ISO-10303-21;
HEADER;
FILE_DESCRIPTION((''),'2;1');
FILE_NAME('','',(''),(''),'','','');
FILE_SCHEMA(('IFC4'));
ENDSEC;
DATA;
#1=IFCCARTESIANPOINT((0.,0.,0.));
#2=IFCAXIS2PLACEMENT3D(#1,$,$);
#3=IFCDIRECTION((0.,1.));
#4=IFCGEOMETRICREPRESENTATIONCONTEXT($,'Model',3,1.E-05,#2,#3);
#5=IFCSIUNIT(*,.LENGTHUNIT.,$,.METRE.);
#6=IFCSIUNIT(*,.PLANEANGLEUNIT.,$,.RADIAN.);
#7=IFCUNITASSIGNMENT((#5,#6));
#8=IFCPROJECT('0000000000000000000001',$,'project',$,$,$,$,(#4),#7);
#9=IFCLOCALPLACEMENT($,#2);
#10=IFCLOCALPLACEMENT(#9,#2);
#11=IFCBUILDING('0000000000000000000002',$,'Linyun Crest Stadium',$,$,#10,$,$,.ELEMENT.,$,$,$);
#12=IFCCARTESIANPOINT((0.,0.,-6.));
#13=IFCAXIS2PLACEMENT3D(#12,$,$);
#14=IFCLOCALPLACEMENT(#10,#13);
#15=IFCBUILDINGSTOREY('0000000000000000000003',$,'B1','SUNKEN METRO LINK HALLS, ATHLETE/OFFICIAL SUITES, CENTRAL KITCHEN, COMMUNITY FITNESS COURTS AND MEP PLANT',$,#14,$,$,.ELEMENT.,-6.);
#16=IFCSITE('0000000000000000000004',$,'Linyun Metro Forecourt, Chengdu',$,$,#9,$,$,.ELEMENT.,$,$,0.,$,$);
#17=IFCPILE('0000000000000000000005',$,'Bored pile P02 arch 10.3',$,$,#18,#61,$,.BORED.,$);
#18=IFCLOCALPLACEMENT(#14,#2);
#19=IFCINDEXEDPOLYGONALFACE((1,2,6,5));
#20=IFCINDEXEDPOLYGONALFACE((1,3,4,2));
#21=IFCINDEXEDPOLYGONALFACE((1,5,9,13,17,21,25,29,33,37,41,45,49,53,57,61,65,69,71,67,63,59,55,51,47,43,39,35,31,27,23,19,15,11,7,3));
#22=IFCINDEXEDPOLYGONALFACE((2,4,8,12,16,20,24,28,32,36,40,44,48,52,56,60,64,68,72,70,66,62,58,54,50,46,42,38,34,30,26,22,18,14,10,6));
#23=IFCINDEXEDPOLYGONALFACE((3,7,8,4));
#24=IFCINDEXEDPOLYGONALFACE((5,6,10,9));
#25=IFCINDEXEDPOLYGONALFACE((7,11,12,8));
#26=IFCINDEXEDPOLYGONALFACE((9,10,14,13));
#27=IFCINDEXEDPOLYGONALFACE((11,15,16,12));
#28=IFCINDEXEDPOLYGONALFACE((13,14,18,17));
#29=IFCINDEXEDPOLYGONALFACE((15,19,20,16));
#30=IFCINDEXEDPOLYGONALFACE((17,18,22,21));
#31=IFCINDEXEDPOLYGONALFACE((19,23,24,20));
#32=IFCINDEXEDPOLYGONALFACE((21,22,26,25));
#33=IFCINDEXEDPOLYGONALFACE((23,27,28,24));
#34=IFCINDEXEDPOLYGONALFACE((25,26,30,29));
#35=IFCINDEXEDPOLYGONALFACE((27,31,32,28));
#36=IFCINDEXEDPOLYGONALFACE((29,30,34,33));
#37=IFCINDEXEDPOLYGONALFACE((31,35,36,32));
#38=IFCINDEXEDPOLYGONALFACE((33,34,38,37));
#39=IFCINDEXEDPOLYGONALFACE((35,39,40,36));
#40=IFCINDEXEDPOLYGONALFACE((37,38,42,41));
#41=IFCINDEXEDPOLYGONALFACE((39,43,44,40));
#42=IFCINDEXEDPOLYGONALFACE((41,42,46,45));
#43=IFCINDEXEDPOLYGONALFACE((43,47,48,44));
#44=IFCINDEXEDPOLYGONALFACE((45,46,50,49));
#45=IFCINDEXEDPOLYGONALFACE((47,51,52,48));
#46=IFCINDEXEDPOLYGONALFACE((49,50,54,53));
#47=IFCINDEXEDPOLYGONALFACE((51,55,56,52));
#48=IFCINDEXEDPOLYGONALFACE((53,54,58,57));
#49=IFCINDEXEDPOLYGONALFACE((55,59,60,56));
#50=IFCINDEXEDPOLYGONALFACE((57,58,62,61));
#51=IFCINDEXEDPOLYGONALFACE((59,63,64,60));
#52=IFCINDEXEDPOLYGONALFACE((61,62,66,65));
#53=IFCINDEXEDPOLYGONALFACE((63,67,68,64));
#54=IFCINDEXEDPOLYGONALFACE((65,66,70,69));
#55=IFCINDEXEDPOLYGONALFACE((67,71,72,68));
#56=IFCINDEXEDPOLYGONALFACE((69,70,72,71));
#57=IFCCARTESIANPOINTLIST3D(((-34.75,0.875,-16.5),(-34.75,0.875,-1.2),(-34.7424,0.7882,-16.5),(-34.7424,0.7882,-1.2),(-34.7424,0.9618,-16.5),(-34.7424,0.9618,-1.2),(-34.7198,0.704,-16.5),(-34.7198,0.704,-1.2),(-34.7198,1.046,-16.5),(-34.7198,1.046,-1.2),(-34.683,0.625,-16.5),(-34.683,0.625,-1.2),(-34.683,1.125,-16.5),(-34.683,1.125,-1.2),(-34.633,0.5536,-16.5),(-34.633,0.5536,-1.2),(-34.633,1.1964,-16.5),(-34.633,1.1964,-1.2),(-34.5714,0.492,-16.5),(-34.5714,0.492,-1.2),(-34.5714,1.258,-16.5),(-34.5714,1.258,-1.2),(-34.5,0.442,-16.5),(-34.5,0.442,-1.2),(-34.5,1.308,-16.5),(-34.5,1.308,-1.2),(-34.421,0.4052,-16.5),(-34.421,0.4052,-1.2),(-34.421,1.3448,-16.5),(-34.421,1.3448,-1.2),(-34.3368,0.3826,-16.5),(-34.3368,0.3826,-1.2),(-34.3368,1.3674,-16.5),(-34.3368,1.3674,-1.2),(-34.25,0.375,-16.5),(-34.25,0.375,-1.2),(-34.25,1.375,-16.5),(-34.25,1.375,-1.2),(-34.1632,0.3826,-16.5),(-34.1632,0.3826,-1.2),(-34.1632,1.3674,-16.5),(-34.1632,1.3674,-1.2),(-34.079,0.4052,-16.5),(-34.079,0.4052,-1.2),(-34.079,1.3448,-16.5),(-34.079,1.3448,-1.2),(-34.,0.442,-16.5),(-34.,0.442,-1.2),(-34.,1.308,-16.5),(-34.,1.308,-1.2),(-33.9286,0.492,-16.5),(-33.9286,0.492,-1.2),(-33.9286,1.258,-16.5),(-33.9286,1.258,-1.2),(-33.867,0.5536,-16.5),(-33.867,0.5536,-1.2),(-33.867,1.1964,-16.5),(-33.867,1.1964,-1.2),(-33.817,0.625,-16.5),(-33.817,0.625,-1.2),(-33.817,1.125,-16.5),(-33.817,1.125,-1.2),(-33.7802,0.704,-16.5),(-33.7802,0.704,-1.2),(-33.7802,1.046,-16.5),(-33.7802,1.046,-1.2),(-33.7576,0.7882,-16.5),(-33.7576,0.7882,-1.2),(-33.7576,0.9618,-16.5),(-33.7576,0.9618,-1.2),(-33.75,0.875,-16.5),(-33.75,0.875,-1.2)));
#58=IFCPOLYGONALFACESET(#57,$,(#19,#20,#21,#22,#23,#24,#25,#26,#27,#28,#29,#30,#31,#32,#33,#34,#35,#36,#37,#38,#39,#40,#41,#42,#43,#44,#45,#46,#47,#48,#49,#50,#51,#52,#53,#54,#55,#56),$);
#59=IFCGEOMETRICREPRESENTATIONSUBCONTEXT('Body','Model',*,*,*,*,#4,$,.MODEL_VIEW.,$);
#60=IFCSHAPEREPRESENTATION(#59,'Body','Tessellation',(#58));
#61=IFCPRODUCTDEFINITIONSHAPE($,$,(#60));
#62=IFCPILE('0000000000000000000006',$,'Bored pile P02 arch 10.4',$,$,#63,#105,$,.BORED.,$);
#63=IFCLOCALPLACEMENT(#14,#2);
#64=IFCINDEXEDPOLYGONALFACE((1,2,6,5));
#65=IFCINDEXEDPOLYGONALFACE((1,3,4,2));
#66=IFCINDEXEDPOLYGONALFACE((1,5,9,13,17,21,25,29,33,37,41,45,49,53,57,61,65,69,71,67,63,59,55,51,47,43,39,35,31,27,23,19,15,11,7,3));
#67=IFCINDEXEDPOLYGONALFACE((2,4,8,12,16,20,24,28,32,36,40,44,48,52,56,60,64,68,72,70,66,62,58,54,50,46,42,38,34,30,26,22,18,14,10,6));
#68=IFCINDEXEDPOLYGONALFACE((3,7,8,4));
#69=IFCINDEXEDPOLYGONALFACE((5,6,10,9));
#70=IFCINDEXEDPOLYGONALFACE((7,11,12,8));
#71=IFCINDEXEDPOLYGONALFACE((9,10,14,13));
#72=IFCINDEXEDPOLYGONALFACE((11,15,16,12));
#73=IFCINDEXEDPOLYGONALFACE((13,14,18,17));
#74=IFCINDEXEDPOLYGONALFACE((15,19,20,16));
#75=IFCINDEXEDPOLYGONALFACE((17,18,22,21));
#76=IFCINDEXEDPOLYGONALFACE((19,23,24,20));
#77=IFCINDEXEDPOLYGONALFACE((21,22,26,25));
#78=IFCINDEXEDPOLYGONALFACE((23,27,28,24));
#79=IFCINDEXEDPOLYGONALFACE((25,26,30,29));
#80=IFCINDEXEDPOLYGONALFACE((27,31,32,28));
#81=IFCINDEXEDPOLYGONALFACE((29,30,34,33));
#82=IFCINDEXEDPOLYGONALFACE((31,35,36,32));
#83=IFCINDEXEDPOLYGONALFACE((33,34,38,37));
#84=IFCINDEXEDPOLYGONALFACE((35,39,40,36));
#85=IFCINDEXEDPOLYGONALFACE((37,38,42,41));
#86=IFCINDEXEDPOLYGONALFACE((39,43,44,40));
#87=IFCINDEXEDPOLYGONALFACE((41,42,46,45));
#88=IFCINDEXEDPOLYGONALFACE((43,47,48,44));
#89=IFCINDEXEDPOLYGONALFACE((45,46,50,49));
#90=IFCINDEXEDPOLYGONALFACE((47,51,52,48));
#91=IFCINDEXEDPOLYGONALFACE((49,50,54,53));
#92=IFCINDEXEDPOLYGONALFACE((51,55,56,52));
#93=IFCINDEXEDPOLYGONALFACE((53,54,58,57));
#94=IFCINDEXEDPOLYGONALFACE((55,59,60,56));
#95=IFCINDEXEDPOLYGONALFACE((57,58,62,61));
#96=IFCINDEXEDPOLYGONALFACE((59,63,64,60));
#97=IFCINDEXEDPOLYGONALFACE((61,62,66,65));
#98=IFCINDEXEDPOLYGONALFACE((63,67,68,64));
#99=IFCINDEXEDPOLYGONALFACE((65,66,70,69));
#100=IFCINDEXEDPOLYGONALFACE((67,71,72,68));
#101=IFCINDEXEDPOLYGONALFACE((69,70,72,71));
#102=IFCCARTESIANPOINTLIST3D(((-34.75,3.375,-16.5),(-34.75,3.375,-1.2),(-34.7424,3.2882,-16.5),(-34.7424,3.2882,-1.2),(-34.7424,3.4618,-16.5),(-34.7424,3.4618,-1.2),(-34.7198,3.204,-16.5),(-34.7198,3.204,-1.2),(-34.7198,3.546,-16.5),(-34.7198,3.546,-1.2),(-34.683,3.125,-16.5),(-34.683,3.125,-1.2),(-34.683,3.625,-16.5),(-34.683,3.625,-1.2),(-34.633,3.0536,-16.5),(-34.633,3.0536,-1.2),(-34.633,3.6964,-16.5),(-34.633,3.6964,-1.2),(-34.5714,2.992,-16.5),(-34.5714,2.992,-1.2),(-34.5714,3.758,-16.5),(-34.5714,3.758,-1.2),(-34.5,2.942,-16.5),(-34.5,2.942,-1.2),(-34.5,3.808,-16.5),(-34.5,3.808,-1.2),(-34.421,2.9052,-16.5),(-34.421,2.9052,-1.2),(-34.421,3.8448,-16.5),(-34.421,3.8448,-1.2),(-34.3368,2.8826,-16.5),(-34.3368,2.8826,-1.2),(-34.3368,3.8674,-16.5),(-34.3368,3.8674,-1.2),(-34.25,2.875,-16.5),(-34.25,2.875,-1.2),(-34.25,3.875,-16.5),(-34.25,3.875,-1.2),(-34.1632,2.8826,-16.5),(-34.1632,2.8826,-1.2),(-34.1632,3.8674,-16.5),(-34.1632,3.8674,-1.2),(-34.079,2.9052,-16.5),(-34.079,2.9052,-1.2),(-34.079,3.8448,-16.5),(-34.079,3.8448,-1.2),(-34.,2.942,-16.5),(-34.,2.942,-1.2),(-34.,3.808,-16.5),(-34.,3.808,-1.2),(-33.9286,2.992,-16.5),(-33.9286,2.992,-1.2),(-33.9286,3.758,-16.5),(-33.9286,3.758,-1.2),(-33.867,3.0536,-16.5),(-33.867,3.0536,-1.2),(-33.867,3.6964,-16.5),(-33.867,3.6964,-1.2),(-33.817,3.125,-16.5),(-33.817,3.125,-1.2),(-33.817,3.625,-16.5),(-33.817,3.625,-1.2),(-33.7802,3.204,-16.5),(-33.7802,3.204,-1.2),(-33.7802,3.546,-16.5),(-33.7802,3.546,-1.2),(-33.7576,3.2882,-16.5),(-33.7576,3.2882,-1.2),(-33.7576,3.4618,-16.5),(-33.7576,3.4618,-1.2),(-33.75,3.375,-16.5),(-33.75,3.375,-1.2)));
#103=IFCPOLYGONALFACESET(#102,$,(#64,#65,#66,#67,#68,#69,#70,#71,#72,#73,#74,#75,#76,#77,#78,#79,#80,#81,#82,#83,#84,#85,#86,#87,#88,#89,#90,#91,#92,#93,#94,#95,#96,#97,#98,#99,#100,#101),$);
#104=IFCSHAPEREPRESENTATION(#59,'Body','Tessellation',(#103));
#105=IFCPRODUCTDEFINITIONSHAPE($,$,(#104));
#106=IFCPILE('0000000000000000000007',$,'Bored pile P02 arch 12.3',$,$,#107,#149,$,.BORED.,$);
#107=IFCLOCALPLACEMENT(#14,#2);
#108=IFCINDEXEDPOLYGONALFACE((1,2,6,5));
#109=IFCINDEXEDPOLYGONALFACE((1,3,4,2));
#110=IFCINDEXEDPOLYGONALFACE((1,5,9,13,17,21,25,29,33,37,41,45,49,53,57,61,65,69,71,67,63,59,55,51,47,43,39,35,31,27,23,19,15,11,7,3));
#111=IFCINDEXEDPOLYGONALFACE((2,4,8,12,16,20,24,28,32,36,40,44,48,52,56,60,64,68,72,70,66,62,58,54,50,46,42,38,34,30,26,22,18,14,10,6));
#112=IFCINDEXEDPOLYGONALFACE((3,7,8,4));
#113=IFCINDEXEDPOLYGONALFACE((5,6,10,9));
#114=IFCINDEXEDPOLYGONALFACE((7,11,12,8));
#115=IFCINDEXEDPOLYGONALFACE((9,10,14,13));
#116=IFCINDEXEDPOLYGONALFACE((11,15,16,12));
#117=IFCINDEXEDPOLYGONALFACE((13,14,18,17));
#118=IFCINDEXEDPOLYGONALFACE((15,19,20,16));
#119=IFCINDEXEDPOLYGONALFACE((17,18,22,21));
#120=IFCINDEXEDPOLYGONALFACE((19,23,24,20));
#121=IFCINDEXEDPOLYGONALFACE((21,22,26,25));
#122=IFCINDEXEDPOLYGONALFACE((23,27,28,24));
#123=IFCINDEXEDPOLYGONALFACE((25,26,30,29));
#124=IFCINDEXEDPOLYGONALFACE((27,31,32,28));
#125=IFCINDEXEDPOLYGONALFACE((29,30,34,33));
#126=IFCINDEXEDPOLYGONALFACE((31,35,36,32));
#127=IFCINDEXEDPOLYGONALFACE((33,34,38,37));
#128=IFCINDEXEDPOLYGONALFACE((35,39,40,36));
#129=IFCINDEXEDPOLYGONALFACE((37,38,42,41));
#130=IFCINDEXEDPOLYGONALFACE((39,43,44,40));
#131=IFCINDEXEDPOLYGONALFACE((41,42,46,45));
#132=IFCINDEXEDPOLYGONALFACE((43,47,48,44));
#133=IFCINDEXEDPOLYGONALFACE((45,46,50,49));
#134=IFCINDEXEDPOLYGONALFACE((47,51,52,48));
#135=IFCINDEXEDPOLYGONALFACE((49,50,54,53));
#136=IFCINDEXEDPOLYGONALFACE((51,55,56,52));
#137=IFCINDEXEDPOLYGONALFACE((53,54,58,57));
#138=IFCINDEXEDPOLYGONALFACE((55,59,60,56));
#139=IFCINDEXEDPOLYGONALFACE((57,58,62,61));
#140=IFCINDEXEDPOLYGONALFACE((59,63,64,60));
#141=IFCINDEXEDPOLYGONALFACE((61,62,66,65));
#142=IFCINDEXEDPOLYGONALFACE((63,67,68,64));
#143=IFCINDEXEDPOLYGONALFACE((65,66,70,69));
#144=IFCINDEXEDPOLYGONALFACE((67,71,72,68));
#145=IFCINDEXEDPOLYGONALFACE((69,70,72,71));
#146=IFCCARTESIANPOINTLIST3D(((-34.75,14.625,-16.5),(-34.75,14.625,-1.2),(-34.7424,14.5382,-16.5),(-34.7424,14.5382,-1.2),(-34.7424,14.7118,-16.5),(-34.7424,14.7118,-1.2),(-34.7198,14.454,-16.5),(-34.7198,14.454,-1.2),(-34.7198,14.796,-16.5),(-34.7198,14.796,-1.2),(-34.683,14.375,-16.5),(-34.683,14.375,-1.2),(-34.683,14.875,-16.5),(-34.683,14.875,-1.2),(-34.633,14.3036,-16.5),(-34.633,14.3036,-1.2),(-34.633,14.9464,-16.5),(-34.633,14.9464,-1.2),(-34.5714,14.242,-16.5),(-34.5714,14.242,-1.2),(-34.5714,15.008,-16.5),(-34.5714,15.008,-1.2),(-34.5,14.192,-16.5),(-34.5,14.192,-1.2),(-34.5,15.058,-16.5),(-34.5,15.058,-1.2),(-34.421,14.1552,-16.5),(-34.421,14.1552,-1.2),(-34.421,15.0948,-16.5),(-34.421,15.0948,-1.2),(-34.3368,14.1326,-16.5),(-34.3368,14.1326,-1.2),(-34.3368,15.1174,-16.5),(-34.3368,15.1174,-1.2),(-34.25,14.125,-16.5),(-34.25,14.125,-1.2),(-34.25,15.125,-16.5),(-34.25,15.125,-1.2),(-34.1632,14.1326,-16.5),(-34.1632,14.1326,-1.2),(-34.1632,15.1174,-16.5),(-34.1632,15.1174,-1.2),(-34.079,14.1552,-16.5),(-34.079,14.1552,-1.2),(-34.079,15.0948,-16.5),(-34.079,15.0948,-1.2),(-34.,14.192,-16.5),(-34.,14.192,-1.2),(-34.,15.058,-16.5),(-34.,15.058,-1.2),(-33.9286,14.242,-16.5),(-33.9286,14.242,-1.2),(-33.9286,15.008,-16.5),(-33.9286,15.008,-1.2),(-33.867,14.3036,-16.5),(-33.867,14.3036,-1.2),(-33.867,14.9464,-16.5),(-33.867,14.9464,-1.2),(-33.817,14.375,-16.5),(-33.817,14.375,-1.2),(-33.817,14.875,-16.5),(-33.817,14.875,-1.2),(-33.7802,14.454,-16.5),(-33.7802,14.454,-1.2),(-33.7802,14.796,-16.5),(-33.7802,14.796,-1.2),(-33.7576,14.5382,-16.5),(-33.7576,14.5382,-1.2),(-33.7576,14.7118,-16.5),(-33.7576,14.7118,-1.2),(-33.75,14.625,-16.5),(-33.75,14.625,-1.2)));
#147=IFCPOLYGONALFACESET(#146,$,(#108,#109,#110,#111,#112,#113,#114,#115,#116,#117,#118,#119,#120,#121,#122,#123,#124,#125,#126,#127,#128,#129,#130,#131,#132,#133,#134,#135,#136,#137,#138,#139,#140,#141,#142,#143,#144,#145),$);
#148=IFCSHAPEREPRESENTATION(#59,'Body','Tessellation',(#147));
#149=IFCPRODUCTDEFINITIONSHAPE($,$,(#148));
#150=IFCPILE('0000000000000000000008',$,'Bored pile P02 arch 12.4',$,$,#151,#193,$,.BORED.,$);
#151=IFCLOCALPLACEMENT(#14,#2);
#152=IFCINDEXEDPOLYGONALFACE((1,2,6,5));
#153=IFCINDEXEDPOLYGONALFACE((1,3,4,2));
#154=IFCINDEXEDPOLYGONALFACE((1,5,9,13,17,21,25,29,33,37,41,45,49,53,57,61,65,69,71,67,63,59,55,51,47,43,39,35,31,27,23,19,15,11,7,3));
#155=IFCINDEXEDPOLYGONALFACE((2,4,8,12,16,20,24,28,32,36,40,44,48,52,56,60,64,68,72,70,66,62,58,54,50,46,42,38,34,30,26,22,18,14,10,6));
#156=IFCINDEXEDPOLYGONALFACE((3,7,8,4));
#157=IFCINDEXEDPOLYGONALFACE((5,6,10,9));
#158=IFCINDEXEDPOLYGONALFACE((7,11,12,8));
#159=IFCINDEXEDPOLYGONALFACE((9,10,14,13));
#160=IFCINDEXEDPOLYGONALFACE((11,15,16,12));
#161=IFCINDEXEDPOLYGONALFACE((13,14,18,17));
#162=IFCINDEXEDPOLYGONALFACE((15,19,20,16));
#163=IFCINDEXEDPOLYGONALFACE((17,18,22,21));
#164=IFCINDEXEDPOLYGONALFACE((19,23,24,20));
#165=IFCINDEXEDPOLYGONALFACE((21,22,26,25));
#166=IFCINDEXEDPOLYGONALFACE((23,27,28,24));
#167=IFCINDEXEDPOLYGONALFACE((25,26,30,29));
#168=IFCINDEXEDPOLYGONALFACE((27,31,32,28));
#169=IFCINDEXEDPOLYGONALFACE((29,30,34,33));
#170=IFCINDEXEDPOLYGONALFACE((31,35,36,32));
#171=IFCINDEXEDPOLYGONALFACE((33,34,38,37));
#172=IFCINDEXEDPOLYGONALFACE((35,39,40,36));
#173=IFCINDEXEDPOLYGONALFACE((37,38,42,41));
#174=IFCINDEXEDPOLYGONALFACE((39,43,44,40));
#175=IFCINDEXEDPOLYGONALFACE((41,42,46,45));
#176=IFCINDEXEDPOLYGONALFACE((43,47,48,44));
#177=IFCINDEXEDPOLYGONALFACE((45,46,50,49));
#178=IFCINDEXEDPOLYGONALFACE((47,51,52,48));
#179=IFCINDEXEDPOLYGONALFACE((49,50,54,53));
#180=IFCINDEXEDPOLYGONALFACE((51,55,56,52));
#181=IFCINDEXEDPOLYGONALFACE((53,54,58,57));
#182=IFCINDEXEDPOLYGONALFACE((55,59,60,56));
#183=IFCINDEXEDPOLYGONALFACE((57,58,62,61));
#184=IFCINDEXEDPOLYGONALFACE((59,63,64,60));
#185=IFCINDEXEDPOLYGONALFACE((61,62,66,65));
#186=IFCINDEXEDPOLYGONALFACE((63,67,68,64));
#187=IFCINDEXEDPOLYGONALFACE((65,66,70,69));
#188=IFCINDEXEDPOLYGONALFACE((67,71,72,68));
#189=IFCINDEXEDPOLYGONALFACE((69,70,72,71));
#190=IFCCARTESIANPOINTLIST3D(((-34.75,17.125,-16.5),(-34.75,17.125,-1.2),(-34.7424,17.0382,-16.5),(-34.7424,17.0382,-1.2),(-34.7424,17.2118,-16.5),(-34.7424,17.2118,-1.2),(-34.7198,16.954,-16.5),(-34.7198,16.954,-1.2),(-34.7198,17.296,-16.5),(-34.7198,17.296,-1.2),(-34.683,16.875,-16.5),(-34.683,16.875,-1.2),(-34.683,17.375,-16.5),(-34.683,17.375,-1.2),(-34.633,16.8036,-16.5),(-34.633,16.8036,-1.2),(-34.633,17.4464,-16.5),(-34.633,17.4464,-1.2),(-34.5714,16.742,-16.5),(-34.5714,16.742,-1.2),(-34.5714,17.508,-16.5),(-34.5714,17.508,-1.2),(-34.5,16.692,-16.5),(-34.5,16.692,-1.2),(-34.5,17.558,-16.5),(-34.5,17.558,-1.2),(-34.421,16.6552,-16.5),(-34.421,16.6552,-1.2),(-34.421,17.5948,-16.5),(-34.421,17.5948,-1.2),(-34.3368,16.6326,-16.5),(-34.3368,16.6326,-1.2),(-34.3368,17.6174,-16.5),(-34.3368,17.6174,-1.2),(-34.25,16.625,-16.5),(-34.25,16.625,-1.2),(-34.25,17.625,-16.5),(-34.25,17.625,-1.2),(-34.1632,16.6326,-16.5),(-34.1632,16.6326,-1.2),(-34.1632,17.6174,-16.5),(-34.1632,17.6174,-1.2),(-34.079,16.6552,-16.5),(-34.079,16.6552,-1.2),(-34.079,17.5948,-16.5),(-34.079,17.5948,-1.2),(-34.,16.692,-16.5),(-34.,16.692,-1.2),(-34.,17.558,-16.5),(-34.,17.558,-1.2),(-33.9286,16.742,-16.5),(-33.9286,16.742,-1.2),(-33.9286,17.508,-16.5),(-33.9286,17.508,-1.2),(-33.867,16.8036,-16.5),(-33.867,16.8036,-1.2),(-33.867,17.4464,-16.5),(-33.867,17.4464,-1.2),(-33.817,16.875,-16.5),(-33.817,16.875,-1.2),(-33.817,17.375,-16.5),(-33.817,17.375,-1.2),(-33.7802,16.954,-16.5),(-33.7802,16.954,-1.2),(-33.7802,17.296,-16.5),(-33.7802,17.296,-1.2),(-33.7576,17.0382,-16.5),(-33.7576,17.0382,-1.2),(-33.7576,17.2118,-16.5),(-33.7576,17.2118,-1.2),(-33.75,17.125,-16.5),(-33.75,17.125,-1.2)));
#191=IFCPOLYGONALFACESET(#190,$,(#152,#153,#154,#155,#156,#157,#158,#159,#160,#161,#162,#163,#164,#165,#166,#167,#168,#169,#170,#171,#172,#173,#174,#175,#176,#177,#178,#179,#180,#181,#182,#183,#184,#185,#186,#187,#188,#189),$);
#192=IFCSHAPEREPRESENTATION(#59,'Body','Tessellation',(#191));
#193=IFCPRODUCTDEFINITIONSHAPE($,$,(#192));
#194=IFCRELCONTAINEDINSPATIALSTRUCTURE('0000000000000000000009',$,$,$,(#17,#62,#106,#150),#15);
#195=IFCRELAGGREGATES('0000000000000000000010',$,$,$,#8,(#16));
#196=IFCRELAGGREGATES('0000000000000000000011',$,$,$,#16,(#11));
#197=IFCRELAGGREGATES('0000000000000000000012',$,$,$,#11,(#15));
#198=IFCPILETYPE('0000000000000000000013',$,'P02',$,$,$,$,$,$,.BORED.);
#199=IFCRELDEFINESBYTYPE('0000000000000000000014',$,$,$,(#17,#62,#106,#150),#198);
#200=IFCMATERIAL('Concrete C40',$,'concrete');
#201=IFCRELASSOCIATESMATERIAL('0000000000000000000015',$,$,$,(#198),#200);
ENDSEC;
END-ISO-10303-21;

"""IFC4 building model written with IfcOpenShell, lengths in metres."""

from ifc_helpers import new_model, si_unit, direction, frame, origin, origin_2d, place, context, subcontext, project, spatial, circle, extrude, material, material_profile, profile_set, type_object, element, save


model = new_model("IFC4")

# Units and contexts
model_context = context("Model", 3, precision=1e-05, world=origin(), true_north=direction((0.0, 1.0)))
body_context = subcontext(model_context, "Body", "Model", "MODEL_VIEW")
ifc_project = project(units=[si_unit("LENGTHUNIT", "METRE"), si_unit("PLANEANGLEUNIT", "RADIAN")], contexts=[model_context])

# Site, building, storey
site_placement = place(None, origin())
site = spatial("IfcSite", under=ifc_project, at=site_placement, Name="Linyun Metro Forecourt, Chengdu", CompositionType="ELEMENT", RefElevation=0.0)
building_placement = place(site_placement, origin())
building = spatial("IfcBuilding", under=site, at=building_placement, Name="Linyun Crest Stadium", CompositionType="ELEMENT")
storey_placement = place(building_placement, frame((0.0, 0.0, -6.0)))
storey = spatial("IfcBuildingStorey", under=building, at=storey_placement, Name="B1", Description="SUNKEN METRO LINK HALLS, ATHLETE/OFFICIAL SUITES, CENTRAL KITCHEN, COMMUNITY FITNESS COURTS AND MEP PLANT", CompositionType="ELEMENT", Elevation=-6.0)

# Piles
ifc_material_1 = material(Name="Concrete C40", Category="concrete")
ifc_material_profile_1 = material_profile(ifc_material_1, circle(Radius=0.5, at=origin_2d()), Name="BORED PILE 1000")
ifc_profile_set_1 = profile_set([ifc_material_profile_1], Name="Concrete C40")
pile_type = type_object("IfcPileType", Name="P02", PredefinedType="BORED", material=ifc_profile_set_1)
for number, where, z_axis, x_axis, name in (
    (1, (-34.25, 0.875, -1.2), (0.0, 0.0, -1.0), (1.0, 0.0, 0.0), "Bored pile P02 arch 10.3"),
    (2, (-34.25, 3.375, -1.2), (0.0, 0.0, -1.0), (1.0, 0.0, 0.0), "Bored pile P02 arch 10.4"),
    (3, (-34.25, 14.625, -1.2), (0.0, 0.0, -1.0), (1.0, 0.0, 0.0), "Bored pile P02 arch 12.3"),
    (4, (-34.25, 17.125, -1.2), (0.0, 0.0, -1.0), (1.0, 0.0, 0.0), "Bored pile P02 arch 12.4"),
):
    element("IfcPile", number, at=place(storey_placement, frame(where, z_axis=z_axis, x_axis=x_axis)), inside=storey, type_object=pile_type, Name=name, PredefinedType="BORED", context=body_context, shape_type="SweptSolid", body=[
        extrude(circle(Radius=0.5, at=origin_2d()), origin(), (0.0, 0.0, 1.0), 15.3),
    ])

save(model, "model.ifc")
